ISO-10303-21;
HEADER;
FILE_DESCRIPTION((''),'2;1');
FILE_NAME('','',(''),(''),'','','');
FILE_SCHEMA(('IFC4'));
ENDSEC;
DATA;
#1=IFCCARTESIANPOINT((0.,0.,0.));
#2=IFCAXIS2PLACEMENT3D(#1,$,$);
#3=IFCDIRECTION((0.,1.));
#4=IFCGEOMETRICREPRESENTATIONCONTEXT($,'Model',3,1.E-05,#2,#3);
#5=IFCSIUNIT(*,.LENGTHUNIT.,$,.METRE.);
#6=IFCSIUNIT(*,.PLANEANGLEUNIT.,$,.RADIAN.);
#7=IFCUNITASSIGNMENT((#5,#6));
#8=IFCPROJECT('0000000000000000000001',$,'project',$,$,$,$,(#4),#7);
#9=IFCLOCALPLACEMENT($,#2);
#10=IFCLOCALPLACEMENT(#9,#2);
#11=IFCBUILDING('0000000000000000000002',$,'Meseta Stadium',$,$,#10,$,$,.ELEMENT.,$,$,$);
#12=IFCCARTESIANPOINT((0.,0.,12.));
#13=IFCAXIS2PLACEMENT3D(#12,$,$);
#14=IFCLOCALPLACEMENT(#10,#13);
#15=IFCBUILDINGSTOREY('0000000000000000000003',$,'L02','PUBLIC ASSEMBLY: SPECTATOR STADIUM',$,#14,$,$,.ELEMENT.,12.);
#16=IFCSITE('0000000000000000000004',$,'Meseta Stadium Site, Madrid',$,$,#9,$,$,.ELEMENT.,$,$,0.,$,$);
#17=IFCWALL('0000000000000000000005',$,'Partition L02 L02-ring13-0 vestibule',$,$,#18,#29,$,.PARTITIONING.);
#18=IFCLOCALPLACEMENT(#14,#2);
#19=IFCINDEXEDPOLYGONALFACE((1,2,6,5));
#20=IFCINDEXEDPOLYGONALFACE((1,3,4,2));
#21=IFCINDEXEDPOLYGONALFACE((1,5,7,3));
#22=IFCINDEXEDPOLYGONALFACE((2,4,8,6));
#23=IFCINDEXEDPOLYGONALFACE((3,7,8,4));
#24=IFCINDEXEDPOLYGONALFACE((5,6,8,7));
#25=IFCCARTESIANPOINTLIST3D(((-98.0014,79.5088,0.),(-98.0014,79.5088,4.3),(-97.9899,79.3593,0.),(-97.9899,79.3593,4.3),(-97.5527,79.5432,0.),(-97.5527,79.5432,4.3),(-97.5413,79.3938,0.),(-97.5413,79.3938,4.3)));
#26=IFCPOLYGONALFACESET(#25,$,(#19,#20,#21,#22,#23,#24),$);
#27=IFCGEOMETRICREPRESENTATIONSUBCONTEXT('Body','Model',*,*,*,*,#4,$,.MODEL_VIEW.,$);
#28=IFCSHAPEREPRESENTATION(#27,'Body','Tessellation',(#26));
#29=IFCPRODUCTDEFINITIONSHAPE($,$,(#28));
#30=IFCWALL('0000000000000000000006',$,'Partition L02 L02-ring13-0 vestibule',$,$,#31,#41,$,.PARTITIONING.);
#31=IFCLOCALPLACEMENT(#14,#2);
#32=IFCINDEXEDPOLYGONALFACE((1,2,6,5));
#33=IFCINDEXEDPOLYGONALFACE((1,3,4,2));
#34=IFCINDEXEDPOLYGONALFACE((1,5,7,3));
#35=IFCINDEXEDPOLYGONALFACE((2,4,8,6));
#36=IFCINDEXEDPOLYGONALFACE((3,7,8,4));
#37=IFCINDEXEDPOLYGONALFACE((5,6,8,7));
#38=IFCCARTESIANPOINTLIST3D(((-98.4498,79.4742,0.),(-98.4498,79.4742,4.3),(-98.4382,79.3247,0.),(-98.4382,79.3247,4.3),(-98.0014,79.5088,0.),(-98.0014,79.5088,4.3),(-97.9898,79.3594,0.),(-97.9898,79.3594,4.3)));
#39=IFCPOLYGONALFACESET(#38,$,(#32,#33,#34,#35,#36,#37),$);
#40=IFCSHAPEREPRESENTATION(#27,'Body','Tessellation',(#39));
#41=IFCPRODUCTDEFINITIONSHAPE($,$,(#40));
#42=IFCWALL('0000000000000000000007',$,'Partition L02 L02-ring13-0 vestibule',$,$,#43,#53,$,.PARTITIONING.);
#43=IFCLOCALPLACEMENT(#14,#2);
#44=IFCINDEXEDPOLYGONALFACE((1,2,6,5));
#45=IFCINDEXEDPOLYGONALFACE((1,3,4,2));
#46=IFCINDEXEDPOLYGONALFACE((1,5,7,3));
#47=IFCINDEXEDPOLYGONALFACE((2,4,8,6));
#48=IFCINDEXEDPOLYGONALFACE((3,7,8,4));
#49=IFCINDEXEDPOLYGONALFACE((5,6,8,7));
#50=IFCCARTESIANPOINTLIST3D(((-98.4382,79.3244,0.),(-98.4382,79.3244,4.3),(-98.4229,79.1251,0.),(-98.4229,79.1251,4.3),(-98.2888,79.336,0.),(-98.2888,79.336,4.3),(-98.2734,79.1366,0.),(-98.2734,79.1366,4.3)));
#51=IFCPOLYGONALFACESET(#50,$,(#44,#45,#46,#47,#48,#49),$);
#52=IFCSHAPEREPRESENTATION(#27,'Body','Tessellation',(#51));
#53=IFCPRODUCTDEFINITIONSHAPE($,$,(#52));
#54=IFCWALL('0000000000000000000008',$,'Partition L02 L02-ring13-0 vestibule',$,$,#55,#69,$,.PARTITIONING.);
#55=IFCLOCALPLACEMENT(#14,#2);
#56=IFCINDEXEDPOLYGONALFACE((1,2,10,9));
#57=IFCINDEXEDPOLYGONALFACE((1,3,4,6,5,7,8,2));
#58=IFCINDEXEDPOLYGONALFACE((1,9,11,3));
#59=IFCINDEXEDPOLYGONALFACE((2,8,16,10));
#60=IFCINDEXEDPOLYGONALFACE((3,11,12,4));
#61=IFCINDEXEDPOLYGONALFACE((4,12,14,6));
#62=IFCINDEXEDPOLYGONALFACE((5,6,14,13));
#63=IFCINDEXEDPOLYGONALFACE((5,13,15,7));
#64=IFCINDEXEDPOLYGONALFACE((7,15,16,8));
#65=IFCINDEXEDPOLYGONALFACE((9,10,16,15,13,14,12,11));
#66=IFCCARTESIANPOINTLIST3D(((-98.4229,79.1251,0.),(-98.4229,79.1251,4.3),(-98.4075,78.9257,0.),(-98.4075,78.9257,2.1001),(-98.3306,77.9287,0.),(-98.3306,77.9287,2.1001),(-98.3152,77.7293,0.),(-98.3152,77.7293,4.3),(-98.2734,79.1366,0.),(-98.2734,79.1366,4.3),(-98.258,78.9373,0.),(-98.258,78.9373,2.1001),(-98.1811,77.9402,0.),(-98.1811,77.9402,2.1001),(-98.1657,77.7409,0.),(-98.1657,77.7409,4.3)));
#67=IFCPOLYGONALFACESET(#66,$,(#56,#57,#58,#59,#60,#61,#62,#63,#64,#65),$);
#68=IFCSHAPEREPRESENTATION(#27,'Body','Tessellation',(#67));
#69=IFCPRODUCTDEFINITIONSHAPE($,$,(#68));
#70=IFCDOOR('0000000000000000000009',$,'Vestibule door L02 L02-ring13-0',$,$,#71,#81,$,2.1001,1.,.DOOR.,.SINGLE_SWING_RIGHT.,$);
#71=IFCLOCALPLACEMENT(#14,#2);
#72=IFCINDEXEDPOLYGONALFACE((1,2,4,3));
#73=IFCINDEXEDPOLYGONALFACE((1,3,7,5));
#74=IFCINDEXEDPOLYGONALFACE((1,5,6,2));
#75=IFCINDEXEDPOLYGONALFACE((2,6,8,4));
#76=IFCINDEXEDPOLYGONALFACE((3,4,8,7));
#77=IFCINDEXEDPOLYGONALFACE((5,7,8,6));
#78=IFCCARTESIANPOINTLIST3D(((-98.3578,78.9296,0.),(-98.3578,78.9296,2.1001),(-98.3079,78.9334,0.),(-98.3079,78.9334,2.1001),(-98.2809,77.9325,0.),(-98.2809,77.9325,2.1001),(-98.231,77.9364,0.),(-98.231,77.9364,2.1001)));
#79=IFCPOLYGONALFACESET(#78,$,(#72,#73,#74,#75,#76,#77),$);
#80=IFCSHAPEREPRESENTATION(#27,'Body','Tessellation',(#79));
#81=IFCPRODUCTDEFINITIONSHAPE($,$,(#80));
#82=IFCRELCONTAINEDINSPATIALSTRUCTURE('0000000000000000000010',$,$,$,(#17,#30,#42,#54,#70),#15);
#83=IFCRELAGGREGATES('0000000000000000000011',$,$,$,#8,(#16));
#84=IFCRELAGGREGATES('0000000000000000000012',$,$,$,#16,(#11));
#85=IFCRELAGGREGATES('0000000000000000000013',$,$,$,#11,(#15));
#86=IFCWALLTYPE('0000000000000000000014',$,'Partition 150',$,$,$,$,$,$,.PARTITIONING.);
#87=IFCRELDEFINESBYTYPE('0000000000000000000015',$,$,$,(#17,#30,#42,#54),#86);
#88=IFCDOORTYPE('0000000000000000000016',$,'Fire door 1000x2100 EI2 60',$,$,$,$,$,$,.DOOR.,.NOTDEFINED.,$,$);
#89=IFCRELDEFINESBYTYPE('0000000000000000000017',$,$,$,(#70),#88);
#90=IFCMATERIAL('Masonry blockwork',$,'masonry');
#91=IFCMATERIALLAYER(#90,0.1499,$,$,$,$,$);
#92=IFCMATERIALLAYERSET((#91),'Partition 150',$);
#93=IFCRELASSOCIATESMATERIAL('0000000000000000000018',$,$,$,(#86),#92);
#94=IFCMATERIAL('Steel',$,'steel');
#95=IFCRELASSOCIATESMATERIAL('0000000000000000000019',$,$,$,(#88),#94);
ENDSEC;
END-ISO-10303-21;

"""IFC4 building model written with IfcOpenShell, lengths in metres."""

from ifc_helpers import new_model, si_unit, direction, frame, frame_2d, origin, place, context, subcontext, project, spatial, rectangle, extrude, material, layer, layer_set, type_object, element, fill, save


model = new_model("IFC4")

# Units and contexts
model_context = context("Model", 3, precision=1e-05, world=origin(), true_north=direction((0.0, 1.0)))
body_context = subcontext(model_context, "Body", "Model", "MODEL_VIEW")
ifc_project = project(units=[si_unit("LENGTHUNIT", "METRE"), si_unit("PLANEANGLEUNIT", "RADIAN")], contexts=[model_context])

# Site, building, storey
site_placement = place(None, origin())
site = spatial("IfcSite", under=ifc_project, at=site_placement, Name="Meseta Stadium Site, Madrid", CompositionType="ELEMENT", RefElevation=0.0)
building_placement = place(site_placement, origin())
building = spatial("IfcBuilding", under=site, at=building_placement, Name="Meseta Stadium", CompositionType="ELEMENT")
storey_placement = place(building_placement, frame((0.0, 0.0, 12.0)))
storey = spatial("IfcBuildingStorey", under=building, at=storey_placement, Name="L02", Description="PUBLIC ASSEMBLY: SPECTATOR STADIUM", CompositionType="ELEMENT", Elevation=12.0)

# Shared definitions
ifc_material_1 = material(Name="Masonry blockwork", Category="masonry")
ifc_layer_1 = layer(ifc_material_1, 0.1499)
ifc_layer_set_1 = layer_set([ifc_layer_1], Name="Partition 150")
wall_type = type_object("IfcWallType", Name="Partition 150", PredefinedType="PARTITIONING", material=ifc_layer_set_1)
ifc_material_2 = material(Name="Steel", Category="steel")
door_type = type_object("IfcDoorType", Name="Fire door 1000x2100 EI2 60", OperationType="NOTDEFINED", PredefinedType="DOOR", material=ifc_material_2)

# Walls
wall_1_placement = place(storey_placement, frame((-97.5469, 79.4685, 0.0), z_axis=(0.0, 0.0, 1.0), x_axis=(-0.99707, -0.076489, 0.0)))
element("IfcWall", 1, at=wall_1_placement, inside=storey, type_object=wall_type, Name="Partition L02 L02-ring13-0 vestibule", PredefinedType="PARTITIONING", context=body_context, shape_type="SweptSolid", body=[
    extrude(rectangle(XDim=0.45, YDim=0.1499, at=frame_2d((0.2251, 0.0))), origin(), (0.0, 0.0, 1.0), 4.3),
])
wall_2_placement = place(storey_placement, frame((-97.9956, 79.4341, 0.0), z_axis=(0.0, 0.0, 1.0), x_axis=(-0.997026, -0.07707, 0.0)))
element("IfcWall", 2, at=wall_2_placement, inside=storey, type_object=wall_type, Name="Partition L02 L02-ring13-0 vestibule", PredefinedType="PARTITIONING", context=body_context, shape_type="SweptSolid", body=[
    extrude(rectangle(XDim=0.4497, YDim=0.1499, at=frame_2d((0.2249, 0.0))), origin(), (0.0, 0.0, 1.0), 4.3),
])
wall_3_placement = place(storey_placement, frame((-98.3635, 79.3303, 0.0), z_axis=(0.0, 0.0, 1.0), x_axis=(0.076883, -0.99704, 0.0)))
element("IfcWall", 3, at=wall_3_placement, inside=storey, type_object=wall_type, Name="Partition L02 L02-ring13-0 vestibule", PredefinedType="PARTITIONING", context=body_context, shape_type="SweptSolid", body=[
    extrude(rectangle(XDim=0.2, YDim=0.1499, at=frame_2d((0.1001, 0.0))), origin(), (0.0, 0.0, 1.0), 4.3),
])

# Wall, opening, door
wall_4_placement = place(storey_placement, frame((-98.3481, 79.1309, 0.0), z_axis=(0.0, 0.0, 1.0), x_axis=(0.07691, -0.997038, 0.0)))
wall_4 = element("IfcWall", 4, at=wall_4_placement, inside=storey, type_object=wall_type, Name="Partition L02 L02-ring13-0 vestibule", PredefinedType="PARTITIONING", context=body_context, shape_type="SweptSolid", body=[
    extrude(rectangle(XDim=1.3999, YDim=0.1499, at=frame_2d((0.7, 0.0))), origin(), (0.0, 0.0, 1.0), 4.3),
])
opening_1_placement = place(wall_4_placement, frame((0.2, 0.0, 0.0)))
opening_1 = element("IfcOpeningElement", 5, at=opening_1_placement, cuts=wall_4, PredefinedType="OPENING", context=body_context, shape_type="SweptSolid", body=[
    extrude(rectangle(XDim=1.0, YDim=2.1001, at=frame_2d((0.5, 1.05))), frame((0.0, 0.085, 0.0), z_axis=(0.0, -1.0, 0.0), x_axis=(1.0, 0.0, 0.0)), (0.0, 0.0, 1.0), 0.1699),
])
door_1_placement = place(opening_1_placement, origin())
door_1 = element("IfcDoor", 6, at=door_1_placement, inside=storey, type_object=door_type, Name="Vestibule door L02 L02-ring13-0", OperationType="SINGLE_SWING_RIGHT", OverallHeight=2.1001, OverallWidth=1.0, PredefinedType="DOOR", context=body_context, shape_type="SweptSolid", body=[
    extrude(rectangle(XDim=1.0, YDim=2.1001, at=frame_2d((0.5, 1.05))), frame((0.0, 0.0249, 0.0), z_axis=(0.0, -1.0, 0.0), x_axis=(1.0, 0.0, 0.0)), (0.0, 0.0, 1.0), 0.05),
])
fill(opening_1, door_1)

save(model, "model.ifc")
